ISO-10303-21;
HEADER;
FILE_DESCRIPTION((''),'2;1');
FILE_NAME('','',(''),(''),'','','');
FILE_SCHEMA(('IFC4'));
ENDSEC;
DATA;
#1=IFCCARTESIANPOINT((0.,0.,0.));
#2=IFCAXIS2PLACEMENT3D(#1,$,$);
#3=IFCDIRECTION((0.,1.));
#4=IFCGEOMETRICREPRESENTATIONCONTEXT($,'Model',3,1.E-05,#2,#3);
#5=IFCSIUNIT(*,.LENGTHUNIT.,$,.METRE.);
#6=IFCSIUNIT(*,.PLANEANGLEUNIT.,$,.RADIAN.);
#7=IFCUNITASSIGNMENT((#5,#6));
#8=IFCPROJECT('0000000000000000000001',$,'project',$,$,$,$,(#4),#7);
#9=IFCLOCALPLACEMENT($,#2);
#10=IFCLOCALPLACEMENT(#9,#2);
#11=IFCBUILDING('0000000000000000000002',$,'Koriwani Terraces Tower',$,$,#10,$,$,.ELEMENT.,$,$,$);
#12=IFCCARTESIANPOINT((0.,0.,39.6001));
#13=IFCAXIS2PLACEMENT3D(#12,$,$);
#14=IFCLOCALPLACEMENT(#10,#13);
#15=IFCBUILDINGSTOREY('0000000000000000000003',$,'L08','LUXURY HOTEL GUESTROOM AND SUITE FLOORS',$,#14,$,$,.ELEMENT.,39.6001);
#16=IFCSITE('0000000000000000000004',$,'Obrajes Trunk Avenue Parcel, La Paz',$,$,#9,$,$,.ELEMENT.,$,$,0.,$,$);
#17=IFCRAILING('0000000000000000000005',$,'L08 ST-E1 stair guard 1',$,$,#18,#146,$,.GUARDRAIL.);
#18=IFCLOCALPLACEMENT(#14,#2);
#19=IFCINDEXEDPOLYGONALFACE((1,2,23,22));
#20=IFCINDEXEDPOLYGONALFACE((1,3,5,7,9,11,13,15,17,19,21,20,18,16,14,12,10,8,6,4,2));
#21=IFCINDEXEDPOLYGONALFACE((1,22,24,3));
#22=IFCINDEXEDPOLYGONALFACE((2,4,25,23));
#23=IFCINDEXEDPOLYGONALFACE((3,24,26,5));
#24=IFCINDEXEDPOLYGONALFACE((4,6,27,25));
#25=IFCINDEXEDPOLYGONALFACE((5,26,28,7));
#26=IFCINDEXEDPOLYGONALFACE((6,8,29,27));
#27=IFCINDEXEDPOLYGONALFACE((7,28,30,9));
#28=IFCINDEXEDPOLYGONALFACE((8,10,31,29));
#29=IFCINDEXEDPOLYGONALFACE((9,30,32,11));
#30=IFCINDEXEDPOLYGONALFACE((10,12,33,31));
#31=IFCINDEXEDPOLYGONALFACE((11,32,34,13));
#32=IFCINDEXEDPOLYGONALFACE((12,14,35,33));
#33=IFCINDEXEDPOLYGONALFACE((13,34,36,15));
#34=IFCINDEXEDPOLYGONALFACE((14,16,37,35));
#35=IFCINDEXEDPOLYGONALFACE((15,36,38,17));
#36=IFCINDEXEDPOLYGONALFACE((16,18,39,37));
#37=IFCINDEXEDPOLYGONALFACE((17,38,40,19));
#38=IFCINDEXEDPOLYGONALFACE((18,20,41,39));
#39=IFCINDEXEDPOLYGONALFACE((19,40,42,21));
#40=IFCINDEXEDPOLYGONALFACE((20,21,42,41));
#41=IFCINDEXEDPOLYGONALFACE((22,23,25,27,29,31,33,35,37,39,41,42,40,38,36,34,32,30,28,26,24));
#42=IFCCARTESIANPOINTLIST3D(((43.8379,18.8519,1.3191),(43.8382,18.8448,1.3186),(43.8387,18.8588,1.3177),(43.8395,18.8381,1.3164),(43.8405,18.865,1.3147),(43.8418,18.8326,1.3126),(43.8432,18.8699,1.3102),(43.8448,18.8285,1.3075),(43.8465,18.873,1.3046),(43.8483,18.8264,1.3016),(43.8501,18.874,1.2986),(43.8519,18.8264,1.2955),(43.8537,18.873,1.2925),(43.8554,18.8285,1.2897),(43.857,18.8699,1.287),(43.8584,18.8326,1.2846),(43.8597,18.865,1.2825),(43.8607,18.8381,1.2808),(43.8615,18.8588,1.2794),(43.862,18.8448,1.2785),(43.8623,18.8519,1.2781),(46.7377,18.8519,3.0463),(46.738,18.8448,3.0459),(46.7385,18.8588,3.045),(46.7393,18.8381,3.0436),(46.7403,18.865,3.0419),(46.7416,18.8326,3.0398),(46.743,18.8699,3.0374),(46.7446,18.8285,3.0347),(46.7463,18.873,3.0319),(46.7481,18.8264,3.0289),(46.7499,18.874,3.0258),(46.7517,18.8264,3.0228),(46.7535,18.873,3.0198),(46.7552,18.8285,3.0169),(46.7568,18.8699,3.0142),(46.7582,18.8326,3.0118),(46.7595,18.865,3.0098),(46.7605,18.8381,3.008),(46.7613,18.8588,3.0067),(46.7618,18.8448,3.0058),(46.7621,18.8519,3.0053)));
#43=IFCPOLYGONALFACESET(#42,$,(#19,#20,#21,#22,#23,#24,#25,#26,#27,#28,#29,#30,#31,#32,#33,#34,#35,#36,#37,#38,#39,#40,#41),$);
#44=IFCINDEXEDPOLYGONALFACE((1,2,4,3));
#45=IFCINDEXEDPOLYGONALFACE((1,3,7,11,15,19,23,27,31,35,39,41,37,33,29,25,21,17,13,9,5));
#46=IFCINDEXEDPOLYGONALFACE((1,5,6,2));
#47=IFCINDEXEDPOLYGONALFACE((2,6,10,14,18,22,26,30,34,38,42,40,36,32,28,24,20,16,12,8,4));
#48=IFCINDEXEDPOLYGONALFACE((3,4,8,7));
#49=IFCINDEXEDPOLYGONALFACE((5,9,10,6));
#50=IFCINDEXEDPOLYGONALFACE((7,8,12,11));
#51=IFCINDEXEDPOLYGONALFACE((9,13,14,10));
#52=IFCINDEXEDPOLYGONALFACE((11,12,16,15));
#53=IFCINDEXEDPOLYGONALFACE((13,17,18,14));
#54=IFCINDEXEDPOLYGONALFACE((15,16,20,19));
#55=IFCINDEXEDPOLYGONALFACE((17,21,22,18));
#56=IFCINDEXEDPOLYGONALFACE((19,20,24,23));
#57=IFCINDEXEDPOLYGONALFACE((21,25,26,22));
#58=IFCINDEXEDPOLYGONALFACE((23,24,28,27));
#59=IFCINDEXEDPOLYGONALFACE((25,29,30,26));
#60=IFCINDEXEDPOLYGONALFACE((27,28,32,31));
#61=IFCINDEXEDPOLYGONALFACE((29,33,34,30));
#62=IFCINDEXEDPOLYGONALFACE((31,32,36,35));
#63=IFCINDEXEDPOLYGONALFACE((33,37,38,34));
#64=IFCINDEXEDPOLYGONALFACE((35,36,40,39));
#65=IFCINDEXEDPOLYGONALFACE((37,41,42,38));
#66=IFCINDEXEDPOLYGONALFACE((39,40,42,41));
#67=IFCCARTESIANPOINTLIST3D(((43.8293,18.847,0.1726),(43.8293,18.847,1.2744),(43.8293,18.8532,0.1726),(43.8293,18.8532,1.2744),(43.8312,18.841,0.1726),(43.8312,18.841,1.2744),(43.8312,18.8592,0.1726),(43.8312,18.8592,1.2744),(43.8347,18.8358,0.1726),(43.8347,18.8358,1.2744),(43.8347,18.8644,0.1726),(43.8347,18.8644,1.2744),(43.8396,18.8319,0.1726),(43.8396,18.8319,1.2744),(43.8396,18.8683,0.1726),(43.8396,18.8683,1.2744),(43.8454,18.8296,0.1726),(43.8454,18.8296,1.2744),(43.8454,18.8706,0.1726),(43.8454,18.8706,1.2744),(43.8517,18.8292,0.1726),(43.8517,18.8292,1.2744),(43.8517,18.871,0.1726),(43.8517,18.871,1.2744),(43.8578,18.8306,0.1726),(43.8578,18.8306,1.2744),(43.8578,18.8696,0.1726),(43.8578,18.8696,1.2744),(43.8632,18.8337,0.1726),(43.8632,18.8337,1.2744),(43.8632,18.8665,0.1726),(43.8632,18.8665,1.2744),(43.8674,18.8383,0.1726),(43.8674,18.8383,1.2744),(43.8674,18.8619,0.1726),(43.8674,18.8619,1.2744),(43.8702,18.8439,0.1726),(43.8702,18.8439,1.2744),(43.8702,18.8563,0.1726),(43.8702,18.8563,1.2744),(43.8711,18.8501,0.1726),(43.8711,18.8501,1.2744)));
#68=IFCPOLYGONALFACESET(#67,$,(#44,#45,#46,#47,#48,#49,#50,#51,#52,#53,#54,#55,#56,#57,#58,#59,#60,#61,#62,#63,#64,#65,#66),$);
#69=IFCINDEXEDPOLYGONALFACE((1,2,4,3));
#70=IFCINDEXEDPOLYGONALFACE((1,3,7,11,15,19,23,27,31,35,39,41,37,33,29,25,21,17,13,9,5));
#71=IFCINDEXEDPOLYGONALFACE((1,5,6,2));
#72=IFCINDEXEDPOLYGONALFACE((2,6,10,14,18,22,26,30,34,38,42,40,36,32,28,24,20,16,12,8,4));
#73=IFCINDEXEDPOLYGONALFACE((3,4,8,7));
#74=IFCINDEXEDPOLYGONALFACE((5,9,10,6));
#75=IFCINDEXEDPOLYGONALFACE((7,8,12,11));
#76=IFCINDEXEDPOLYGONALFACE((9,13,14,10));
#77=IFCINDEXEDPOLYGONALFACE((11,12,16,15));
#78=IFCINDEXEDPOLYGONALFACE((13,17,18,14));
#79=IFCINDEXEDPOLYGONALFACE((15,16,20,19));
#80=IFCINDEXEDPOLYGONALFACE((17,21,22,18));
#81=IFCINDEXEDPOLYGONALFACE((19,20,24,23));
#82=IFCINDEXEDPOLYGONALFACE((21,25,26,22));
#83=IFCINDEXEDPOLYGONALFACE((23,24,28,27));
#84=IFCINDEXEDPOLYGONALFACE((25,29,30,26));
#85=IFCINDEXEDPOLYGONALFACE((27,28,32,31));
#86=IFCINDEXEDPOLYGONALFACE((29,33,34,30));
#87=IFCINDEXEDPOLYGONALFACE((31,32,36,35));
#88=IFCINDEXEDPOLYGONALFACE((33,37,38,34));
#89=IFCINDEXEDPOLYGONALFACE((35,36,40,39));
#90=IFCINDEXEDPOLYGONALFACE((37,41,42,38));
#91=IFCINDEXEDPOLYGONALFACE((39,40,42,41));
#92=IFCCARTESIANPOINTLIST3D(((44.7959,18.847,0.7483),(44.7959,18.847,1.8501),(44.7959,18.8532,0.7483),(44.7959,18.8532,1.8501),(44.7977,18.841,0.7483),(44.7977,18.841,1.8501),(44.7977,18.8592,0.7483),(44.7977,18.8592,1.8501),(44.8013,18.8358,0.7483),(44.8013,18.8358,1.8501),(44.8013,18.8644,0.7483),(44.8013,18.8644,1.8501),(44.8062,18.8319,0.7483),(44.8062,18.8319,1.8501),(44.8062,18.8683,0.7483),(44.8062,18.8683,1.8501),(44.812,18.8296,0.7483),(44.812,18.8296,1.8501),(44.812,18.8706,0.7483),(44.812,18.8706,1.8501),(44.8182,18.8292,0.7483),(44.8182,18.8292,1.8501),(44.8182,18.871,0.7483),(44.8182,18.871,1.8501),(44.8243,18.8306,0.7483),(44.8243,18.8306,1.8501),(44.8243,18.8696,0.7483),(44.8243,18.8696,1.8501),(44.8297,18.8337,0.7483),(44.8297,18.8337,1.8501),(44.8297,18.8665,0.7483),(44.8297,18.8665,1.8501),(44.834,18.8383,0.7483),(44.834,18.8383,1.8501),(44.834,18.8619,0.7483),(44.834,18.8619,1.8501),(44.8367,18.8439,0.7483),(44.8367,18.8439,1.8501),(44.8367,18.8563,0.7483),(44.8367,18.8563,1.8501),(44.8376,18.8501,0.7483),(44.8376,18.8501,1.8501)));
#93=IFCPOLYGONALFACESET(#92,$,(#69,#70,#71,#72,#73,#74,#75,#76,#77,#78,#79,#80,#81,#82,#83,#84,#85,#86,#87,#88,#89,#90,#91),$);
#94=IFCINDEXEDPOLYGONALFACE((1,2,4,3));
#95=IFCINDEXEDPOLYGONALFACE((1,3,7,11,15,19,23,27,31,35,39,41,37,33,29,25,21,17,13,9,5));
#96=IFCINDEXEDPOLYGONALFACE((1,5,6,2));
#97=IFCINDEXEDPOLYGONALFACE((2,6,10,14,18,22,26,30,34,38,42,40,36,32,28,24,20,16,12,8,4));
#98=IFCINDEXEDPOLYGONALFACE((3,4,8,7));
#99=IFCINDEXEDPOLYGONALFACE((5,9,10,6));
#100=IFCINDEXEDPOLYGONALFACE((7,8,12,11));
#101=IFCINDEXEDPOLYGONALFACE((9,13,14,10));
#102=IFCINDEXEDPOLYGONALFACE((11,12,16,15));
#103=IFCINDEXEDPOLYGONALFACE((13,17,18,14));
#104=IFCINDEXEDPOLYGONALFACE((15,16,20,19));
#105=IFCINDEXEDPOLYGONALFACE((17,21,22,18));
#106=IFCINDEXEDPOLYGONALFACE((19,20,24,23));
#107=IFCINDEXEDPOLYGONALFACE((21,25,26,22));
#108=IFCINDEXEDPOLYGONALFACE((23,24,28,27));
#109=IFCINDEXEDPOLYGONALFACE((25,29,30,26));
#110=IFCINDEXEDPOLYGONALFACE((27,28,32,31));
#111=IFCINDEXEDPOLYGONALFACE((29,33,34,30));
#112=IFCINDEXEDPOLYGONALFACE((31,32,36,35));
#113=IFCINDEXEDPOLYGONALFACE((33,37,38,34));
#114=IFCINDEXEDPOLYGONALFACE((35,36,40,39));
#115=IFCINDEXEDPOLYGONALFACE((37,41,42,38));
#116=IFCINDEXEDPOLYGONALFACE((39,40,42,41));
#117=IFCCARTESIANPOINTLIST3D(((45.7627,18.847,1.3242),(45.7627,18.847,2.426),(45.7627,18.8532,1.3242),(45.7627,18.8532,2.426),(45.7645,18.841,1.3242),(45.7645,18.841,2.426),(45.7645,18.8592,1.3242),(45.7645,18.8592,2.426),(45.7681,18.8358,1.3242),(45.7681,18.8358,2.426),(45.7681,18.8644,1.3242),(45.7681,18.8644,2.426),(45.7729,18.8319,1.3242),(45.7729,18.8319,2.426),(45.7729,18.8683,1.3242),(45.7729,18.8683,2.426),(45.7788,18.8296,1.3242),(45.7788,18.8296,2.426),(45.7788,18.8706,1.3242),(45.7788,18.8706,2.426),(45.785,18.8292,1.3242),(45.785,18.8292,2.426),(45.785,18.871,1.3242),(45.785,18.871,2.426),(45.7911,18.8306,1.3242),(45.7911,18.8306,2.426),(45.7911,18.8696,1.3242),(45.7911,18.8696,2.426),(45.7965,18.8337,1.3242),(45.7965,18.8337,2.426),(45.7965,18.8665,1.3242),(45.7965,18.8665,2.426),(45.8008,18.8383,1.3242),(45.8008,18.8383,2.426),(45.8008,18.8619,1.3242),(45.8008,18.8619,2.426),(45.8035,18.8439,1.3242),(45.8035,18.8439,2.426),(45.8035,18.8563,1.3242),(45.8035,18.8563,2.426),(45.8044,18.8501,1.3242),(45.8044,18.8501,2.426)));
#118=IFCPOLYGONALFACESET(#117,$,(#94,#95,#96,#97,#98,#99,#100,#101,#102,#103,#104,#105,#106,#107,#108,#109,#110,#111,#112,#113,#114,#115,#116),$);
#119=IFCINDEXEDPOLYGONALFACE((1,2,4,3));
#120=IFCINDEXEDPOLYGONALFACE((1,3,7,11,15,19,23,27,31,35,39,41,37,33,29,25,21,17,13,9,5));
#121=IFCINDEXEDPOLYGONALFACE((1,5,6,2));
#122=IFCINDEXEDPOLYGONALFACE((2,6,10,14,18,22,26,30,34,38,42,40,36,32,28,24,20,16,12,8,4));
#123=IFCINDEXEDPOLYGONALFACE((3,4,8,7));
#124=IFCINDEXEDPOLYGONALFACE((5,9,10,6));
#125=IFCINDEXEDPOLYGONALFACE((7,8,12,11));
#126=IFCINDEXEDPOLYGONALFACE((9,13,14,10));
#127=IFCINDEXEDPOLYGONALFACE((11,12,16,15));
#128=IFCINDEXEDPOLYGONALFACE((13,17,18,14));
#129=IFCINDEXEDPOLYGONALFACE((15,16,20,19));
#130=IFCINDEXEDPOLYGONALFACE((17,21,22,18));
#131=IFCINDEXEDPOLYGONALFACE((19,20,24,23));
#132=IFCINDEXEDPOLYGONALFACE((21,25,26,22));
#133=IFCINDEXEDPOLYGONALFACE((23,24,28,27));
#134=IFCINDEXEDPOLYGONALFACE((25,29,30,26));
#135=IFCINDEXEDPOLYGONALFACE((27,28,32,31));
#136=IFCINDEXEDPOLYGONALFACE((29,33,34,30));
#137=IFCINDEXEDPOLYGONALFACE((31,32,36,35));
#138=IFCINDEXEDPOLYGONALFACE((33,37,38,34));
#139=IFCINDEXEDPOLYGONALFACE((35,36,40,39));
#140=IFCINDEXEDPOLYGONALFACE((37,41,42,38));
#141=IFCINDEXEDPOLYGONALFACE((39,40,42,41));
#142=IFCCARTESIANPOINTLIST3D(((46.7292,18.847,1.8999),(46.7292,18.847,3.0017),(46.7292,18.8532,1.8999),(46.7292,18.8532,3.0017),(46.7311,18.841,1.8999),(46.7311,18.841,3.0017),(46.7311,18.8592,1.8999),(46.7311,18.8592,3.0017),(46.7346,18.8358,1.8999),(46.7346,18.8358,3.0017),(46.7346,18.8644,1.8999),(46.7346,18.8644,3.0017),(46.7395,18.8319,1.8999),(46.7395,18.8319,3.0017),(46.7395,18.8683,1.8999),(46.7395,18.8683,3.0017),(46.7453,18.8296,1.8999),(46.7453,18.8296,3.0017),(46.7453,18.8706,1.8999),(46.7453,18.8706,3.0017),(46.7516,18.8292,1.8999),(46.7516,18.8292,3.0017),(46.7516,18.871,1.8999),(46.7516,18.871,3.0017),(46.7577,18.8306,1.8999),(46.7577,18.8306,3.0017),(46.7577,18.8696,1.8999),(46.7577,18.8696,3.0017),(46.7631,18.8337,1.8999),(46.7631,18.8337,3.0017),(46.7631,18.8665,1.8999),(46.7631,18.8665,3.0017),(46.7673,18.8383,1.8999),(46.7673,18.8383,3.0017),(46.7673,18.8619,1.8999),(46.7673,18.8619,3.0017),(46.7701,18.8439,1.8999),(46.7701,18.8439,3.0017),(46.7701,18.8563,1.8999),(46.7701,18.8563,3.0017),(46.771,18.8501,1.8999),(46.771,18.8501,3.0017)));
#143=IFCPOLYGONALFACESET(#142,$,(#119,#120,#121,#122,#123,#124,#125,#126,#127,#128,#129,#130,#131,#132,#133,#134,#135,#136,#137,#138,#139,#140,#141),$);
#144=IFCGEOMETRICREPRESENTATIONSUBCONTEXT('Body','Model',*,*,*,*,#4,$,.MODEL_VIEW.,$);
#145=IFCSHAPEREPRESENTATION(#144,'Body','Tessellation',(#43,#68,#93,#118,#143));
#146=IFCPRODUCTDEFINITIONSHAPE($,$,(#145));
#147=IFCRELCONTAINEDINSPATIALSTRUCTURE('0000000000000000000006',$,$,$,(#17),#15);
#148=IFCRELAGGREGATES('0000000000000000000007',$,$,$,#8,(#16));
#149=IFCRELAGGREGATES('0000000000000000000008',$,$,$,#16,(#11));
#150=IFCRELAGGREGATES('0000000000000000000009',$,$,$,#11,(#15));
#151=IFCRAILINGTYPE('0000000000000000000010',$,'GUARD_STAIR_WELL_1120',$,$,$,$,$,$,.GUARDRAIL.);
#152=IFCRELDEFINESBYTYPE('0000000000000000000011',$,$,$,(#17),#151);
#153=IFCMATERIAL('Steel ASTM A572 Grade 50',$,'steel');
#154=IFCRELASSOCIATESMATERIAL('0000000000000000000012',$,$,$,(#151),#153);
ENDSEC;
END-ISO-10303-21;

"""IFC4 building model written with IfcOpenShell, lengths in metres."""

from ifc_helpers import new_model, si_unit, direction, frame, origin, origin_2d, place, context, subcontext, project, spatial, circle, extrude, material, type_object, element, save


model = new_model("IFC4")

# Units and contexts
model_context = context("Model", 3, precision=1e-05, world=origin(), true_north=direction((0.0, 1.0)))
body_context = subcontext(model_context, "Body", "Model", "MODEL_VIEW")
ifc_project = project(units=[si_unit("LENGTHUNIT", "METRE"), si_unit("PLANEANGLEUNIT", "RADIAN")], contexts=[model_context])

# Site, building, storey
site_placement = place(None, origin())
site = spatial("IfcSite", under=ifc_project, at=site_placement, Name="Obrajes Trunk Avenue Parcel, La Paz", CompositionType="ELEMENT", RefElevation=0.0)
building_placement = place(site_placement, origin())
building = spatial("IfcBuilding", under=site, at=building_placement, Name="Koriwani Terraces Tower", CompositionType="ELEMENT")
storey_placement = place(building_placement, frame((0.0, 0.0, 39.6001)))
storey = spatial("IfcBuildingStorey", under=building, at=storey_placement, Name="L08", Description="LUXURY HOTEL GUESTROOM AND SUITE FLOORS", CompositionType="ELEMENT", Elevation=39.6001)

# Shared definitions
ifc_material_1 = material(Name="Steel ASTM A572 Grade 50", Category="steel")

# Railing
railing_type_1 = type_object("IfcRailingType", Name="GUARD_STAIR_WELL_1120", PredefinedType="GUARDRAIL", material=ifc_material_1)
railing_1_placement = place(storey_placement, frame((43.8501, 18.8501, 0.1726)))
element("IfcRailing", 1, at=railing_1_placement, inside=storey, type_object=railing_type_1, Name="L08 ST-E1 stair guard 1", PredefinedType="GUARDRAIL", context=body_context, shape_type="SweptSolid", body=[
    extrude(circle(Radius=0.0239, at=origin_2d()), frame((0.0, 0.0, 1.126), z_axis=(0.859141, 0.0, 0.511738), x_axis=(0.0, 1.0, 0.0)), (0.0, 0.0, 1.0), 3.3752),
    extrude(circle(Radius=0.021, at=origin_2d()), origin(), (0.0, 0.0, 1.0), 1.1018),
    extrude(circle(Radius=0.021, at=origin_2d()), frame((0.9666, 0.0, 0.5757)), (0.0, 0.0, 1.0), 1.1018),
    extrude(circle(Radius=0.021, at=origin_2d()), frame((1.9333, 0.0, 1.1516)), (0.0, 0.0, 1.0), 1.1018),
    extrude(circle(Radius=0.021, at=origin_2d()), frame((2.8999, 0.0, 1.7273)), (0.0, 0.0, 1.0), 1.1018),
])

save(model, "model.ifc")
